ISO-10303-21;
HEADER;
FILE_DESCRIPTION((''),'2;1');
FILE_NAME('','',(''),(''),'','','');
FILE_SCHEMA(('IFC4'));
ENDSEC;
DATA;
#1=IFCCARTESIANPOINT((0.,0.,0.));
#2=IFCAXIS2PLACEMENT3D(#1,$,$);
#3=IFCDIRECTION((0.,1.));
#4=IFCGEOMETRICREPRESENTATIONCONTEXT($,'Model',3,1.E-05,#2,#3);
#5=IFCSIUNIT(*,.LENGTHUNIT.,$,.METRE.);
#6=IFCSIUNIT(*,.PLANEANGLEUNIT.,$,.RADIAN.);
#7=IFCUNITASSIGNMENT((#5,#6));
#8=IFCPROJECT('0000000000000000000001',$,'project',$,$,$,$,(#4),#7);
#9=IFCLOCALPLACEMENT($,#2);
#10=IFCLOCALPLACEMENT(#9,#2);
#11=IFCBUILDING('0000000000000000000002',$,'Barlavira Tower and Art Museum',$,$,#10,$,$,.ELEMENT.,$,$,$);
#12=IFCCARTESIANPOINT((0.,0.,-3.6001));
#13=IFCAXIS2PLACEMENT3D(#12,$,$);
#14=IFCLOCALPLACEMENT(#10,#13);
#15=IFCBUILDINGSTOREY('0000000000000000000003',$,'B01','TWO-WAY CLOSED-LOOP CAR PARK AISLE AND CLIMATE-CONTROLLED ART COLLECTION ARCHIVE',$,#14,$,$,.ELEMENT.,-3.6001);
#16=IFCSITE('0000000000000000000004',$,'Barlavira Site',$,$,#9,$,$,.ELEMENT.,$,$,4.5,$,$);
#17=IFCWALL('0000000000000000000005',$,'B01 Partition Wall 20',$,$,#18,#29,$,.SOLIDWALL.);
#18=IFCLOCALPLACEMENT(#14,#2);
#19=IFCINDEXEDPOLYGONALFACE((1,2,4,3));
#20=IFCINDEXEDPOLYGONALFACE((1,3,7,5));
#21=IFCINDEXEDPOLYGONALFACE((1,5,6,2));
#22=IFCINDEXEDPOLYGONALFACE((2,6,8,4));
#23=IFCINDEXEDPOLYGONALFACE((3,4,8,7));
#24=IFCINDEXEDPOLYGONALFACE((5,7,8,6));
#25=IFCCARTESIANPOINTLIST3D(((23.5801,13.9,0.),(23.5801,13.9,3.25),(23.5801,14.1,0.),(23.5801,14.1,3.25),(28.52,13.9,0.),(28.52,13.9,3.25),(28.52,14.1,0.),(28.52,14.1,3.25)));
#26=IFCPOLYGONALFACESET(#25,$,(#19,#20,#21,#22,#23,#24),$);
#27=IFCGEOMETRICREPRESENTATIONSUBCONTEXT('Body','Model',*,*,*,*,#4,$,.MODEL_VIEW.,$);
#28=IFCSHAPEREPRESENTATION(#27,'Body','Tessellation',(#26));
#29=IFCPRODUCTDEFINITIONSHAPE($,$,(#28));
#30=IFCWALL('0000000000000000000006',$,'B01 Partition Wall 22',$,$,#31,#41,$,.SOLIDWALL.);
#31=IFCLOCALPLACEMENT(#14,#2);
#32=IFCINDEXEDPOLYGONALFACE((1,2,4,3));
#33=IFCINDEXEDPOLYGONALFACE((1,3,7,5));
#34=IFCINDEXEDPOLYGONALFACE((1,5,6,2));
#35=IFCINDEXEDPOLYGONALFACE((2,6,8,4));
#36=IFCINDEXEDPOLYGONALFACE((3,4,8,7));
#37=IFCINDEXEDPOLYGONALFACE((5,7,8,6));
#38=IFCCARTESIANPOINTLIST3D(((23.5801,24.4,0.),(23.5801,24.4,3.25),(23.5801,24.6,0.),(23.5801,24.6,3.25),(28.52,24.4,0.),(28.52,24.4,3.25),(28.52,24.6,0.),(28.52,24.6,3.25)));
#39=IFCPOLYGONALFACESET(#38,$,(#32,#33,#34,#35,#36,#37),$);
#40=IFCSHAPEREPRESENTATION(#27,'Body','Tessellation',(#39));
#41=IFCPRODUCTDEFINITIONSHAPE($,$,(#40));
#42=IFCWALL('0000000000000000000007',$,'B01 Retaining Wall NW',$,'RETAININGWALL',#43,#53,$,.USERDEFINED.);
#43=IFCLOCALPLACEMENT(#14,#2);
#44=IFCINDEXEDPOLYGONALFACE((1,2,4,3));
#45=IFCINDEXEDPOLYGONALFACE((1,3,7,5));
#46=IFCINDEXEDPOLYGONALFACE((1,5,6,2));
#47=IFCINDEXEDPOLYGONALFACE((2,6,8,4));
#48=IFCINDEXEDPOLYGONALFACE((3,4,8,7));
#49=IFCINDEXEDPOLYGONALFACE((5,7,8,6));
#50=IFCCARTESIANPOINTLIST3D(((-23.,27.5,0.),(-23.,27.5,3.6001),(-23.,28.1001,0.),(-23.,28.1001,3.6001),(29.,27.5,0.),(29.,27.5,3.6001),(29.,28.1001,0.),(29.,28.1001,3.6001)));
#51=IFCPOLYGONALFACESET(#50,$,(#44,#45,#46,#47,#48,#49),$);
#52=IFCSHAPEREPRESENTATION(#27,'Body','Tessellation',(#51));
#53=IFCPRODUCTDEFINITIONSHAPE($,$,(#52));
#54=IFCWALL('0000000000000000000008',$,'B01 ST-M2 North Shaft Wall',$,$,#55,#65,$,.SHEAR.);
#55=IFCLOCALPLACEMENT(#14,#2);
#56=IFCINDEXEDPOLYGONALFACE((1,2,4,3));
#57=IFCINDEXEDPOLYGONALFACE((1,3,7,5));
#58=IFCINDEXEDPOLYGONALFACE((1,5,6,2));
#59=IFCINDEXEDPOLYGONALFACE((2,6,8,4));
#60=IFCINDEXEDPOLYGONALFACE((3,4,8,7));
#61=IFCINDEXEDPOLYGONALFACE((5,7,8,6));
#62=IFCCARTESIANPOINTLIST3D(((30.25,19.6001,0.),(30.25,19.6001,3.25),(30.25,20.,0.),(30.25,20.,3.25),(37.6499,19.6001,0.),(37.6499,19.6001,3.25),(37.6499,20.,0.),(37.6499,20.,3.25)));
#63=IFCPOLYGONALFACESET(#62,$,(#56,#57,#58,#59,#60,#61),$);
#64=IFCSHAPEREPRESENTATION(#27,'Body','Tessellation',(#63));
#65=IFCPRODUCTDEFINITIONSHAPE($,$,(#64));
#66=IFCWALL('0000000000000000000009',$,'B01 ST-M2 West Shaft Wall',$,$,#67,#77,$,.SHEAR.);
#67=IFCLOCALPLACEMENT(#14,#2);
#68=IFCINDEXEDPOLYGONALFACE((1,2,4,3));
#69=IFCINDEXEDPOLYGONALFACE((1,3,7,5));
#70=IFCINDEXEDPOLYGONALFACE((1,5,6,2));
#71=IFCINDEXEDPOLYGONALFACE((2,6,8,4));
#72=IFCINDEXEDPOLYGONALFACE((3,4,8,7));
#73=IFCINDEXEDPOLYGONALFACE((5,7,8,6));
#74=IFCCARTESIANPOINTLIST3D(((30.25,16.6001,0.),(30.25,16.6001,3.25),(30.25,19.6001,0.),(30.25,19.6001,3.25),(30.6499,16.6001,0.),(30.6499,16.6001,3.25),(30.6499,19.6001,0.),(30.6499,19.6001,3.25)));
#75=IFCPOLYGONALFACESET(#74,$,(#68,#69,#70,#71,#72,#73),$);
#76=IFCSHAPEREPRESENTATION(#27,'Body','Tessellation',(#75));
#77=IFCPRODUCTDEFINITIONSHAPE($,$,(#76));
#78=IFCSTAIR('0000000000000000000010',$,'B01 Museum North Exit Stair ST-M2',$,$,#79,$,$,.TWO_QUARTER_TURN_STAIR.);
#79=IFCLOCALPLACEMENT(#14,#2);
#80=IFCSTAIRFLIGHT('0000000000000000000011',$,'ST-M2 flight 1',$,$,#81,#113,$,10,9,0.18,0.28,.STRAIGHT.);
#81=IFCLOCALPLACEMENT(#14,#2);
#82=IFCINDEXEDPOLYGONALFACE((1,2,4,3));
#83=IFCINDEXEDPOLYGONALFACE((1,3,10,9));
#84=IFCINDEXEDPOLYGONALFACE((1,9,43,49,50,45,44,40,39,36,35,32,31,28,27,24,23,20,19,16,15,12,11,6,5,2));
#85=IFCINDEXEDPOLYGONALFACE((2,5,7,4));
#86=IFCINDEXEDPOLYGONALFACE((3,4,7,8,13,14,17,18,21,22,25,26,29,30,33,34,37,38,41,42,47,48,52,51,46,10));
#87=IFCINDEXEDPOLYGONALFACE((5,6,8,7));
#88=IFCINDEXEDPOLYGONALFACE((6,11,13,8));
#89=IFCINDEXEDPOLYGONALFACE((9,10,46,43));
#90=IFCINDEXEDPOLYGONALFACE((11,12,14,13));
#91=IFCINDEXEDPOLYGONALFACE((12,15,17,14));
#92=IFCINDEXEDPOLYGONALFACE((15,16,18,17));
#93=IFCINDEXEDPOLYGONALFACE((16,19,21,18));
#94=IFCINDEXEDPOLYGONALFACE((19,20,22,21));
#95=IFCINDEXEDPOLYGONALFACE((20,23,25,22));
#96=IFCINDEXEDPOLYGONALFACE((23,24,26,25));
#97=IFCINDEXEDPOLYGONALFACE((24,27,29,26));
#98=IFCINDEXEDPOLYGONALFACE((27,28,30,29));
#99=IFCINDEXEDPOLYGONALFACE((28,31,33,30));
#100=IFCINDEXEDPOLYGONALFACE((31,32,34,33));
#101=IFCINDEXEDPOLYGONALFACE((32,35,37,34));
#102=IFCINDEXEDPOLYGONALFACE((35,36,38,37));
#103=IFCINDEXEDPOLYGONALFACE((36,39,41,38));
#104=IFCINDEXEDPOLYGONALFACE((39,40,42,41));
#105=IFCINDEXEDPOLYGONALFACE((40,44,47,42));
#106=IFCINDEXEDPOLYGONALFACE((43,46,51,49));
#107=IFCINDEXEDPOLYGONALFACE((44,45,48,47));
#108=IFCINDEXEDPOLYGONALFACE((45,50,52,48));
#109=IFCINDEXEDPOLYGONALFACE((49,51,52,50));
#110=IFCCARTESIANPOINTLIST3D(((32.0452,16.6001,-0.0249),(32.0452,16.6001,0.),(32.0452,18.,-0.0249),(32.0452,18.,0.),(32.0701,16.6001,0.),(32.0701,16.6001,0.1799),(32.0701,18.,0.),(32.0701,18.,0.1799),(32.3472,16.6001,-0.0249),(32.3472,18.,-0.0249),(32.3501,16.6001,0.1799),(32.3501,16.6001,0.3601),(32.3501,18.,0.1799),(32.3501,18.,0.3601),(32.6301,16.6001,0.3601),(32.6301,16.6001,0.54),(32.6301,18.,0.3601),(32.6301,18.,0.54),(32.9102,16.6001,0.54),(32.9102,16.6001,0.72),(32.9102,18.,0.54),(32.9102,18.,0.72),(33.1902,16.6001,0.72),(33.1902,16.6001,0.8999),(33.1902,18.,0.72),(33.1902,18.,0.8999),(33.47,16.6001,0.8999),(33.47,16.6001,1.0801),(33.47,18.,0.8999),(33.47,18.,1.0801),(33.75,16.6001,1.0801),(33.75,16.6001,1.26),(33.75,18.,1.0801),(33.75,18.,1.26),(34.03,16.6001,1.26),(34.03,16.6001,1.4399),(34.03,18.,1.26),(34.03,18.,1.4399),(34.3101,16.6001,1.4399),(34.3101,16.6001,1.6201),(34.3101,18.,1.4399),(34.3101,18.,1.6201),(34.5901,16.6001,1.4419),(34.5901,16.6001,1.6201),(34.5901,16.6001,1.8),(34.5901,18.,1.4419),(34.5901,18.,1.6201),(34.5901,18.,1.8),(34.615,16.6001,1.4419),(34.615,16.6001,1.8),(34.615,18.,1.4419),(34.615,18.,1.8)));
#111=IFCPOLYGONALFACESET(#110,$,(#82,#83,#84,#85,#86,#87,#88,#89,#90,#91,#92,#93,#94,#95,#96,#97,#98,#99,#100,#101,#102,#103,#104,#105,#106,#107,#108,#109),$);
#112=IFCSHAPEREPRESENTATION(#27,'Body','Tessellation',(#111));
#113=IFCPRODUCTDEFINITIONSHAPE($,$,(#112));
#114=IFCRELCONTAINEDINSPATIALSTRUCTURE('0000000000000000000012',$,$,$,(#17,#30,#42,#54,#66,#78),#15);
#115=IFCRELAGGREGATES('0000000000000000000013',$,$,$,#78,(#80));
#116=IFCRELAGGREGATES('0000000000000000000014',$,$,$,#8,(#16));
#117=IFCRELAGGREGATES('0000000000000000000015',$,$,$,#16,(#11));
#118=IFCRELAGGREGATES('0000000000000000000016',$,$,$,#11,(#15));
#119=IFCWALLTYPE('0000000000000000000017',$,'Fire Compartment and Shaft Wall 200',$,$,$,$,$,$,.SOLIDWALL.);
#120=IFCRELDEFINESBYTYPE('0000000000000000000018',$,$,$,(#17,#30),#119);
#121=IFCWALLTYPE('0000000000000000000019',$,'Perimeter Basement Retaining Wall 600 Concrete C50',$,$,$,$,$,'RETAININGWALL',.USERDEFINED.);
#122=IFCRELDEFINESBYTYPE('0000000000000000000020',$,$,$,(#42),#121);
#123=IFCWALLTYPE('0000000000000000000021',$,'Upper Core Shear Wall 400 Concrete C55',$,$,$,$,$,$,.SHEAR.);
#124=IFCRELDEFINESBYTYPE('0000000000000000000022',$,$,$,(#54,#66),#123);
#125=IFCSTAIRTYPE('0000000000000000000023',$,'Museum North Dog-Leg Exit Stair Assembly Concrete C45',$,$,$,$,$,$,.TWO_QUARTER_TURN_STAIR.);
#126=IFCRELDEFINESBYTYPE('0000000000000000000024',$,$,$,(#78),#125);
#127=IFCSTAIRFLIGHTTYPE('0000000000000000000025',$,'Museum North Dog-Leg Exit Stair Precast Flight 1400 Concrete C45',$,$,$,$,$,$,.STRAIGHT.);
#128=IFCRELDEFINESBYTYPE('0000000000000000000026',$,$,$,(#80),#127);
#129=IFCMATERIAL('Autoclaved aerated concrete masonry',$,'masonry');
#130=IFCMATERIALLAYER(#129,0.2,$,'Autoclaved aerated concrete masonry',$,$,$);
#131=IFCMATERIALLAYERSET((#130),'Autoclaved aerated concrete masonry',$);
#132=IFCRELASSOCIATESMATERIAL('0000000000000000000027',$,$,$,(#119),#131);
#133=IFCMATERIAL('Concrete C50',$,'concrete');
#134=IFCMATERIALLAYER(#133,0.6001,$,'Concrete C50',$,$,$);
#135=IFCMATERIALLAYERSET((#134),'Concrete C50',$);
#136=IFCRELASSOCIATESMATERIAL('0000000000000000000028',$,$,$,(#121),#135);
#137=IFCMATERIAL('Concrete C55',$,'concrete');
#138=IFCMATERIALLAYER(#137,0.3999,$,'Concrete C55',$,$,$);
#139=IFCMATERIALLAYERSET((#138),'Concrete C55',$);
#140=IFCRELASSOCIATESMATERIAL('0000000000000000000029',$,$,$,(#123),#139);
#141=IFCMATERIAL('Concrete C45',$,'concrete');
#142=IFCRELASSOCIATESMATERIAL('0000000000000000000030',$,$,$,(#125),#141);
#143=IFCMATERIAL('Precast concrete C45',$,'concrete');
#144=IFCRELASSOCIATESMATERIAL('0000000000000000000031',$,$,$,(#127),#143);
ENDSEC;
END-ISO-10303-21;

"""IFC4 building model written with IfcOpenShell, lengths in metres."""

from ifc_helpers import new_model, si_unit, direction, frame, frame_2d, origin, place, context, subcontext, project, spatial, polyline, rectangle, outline, extrude, material, layer, layer_set, type_object, element, aggregate, save


model = new_model("IFC4")

# Units and contexts
model_context = context("Model", 3, precision=1e-05, world=origin(), true_north=direction((0.0, 1.0)))
body_context = subcontext(model_context, "Body", "Model", "MODEL_VIEW")
ifc_project = project(units=[si_unit("LENGTHUNIT", "METRE"), si_unit("PLANEANGLEUNIT", "RADIAN")], contexts=[model_context])

# Site, building, storey
site_placement = place(None, origin())
site = spatial("IfcSite", under=ifc_project, at=site_placement, Name="Barlavira Site", CompositionType="ELEMENT", RefElevation=4.5)
building_placement = place(site_placement, origin())
building = spatial("IfcBuilding", under=site, at=building_placement, Name="Barlavira Tower and Art Museum", CompositionType="ELEMENT")
storey_placement = place(building_placement, frame((0.0, 0.0, -3.6001)))
storey = spatial("IfcBuildingStorey", under=building, at=storey_placement, Name="B01", Description="TWO-WAY CLOSED-LOOP CAR PARK AISLE AND CLIMATE-CONTROLLED ART COLLECTION ARCHIVE", CompositionType="ELEMENT", Elevation=-3.6001)

# Shared definitions
ifc_material_1 = material(Name="Concrete C50", Category="concrete")

# Shared definitions
ifc_material_2 = material(Name="Autoclaved aerated concrete masonry", Category="masonry")
ifc_layer_1 = layer(ifc_material_2, 0.2, Name="Autoclaved aerated concrete masonry")
ifc_layer_set_1 = layer_set([ifc_layer_1], Name="Autoclaved aerated concrete masonry")
wall_type_1 = type_object("IfcWallType", Name="Fire Compartment and Shaft Wall 200", PredefinedType="SOLIDWALL", material=ifc_layer_set_1)

# Walls
for number, where, z_axis, x_axis, name in (
    (1, (23.5801, 14.0, 0.0), (0.0, 0.0, 1.0), (1.0, 0.0, 0.0), "B01 Partition Wall 20"),
    (2, (23.5801, 24.5, 0.0), (0.0, 0.0, 1.0), (1.0, 0.0, 0.0), "B01 Partition Wall 22"),
):
    element("IfcWall", number, at=place(storey_placement, frame(where, z_axis=z_axis, x_axis=x_axis)), inside=storey, type_object=wall_type_1, Name=name, PredefinedType="SOLIDWALL", context=body_context, shape_type="SweptSolid", body=[
        extrude(rectangle(XDim=4.9399, YDim=0.2, at=frame_2d((2.47, 0.0))), origin(), (0.0, 0.0, 1.0), 3.25),
    ])
ifc_layer_2 = layer(ifc_material_1, 0.6001, Name="Concrete C50")
ifc_layer_set_2 = layer_set([ifc_layer_2], Name="Concrete C50")
wall_type_2 = type_object("IfcWallType", Name="Perimeter Basement Retaining Wall 600 Concrete C50", ElementType="RETAININGWALL", PredefinedType="USERDEFINED", material=ifc_layer_set_2)
wall_1_placement = place(storey_placement, frame((29.0, 27.8, 0.0), z_axis=(0.0, 0.0, 1.0), x_axis=(-1.0, 0.0, 0.0)))
element("IfcWall", 3, at=wall_1_placement, inside=storey, type_object=wall_type_2, Name="B01 Retaining Wall NW", ObjectType="RETAININGWALL", PredefinedType="USERDEFINED", context=body_context, shape_type="SweptSolid", body=[
    extrude(rectangle(XDim=52.0, YDim=0.6001, at=frame_2d((26.0, 0.0))), origin(), (0.0, 0.0, 1.0), 3.6001),
])
ifc_material_3 = material(Name="Concrete C55", Category="concrete")
ifc_layer_3 = layer(ifc_material_3, 0.3999, Name="Concrete C55")
ifc_layer_set_3 = layer_set([ifc_layer_3], Name="Concrete C55")
wall_type_3 = type_object("IfcWallType", Name="Upper Core Shear Wall 400 Concrete C55", PredefinedType="SHEAR", material=ifc_layer_set_3)
wall_2_placement = place(storey_placement, frame((30.25, 19.8, 0.0), z_axis=(0.0, 0.0, 1.0), x_axis=(1.0, 0.0, 0.0)))
element("IfcWall", 4, at=wall_2_placement, inside=storey, type_object=wall_type_3, Name="B01 ST-M2 North Shaft Wall", PredefinedType="SHEAR", context=body_context, shape_type="SweptSolid", body=[
    extrude(rectangle(XDim=7.3999, YDim=0.3999, at=frame_2d((3.7, 0.0))), origin(), (0.0, 0.0, 1.0), 3.25),
])
wall_3_placement = place(storey_placement, frame((30.45, 16.6001, 0.0), z_axis=(0.0, 0.0, 1.0), x_axis=(0.0, 1.0, 0.0)))
element("IfcWall", 5, at=wall_3_placement, inside=storey, type_object=wall_type_3, Name="B01 ST-M2 West Shaft Wall", PredefinedType="SHEAR", context=body_context, shape_type="SweptSolid", body=[
    extrude(rectangle(XDim=3.0, YDim=0.3999, at=frame_2d((1.5, 0.0))), origin(), (0.0, 0.0, 1.0), 3.25),
])

# Stair, stair flight
ifc_material_4 = material(Name="Concrete C45", Category="concrete")
stair_type = type_object("IfcStairType", Name="Museum North Dog-Leg Exit Stair Assembly Concrete C45", PredefinedType="TWO_QUARTER_TURN_STAIR", material=ifc_material_4)
stair_placement = place(storey_placement, origin())
stair = element("IfcStair", 6, at=stair_placement, inside=storey, type_object=stair_type, Name="B01 Museum North Exit Stair ST-M2", PredefinedType="TWO_QUARTER_TURN_STAIR")
ifc_material_5 = material(Name="Precast concrete C45", Category="concrete")
stair_flight_type = type_object("IfcStairFlightType", Name="Museum North Dog-Leg Exit Stair Precast Flight 1400 Concrete C45", PredefinedType="STRAIGHT", material=ifc_material_5)
stair_flight_placement = place(storey_placement, frame((32.0701, 17.3, 0.0), z_axis=(0.0, 0.0, 1.0), x_axis=(1.0, 0.0, 0.0)))
stair_flight = element("IfcStairFlight", 7, at=stair_flight_placement, type_object=stair_flight_type, Name="ST-M2 flight 1", NumberOfRisers=10, NumberOfTreads=9, PredefinedType="STRAIGHT", RiserHeight=0.18, TreadLength=0.28, context=body_context, shape_type="SweptSolid", body=[
    extrude(outline(polyline([(-0.0249, 0.0), (0.0, 0.0), (0.0, 0.1799), (0.28, 0.1799), (0.28, 0.3601), (0.5601, 0.3601), (0.5601, 0.54), (0.8401, 0.54), (0.8401, 0.72), (1.1201, 0.72), (1.1201, 0.8999), (1.3999, 0.8999), (1.3999, 1.0801), (1.6799, 1.0801), (1.6799, 1.26), (1.96, 1.26), (1.96, 1.4399), (2.24, 1.4399), (2.24, 1.6201), (2.52, 1.6201), (2.52, 1.8), (2.5449, 1.8), (2.5449, 1.4419), (2.52, 1.4419), (0.2771, -0.0249), (-0.0249, -0.0249), (-0.0249, 0.0)])), frame((0.0, 0.7, 0.0), z_axis=(0.0, -1.0, 0.0), x_axis=(1.0, 0.0, 0.0)), (0.0, 0.0, 1.0), 1.3999),
])
aggregate(stair, [stair_flight])

save(model, "model.ifc")
